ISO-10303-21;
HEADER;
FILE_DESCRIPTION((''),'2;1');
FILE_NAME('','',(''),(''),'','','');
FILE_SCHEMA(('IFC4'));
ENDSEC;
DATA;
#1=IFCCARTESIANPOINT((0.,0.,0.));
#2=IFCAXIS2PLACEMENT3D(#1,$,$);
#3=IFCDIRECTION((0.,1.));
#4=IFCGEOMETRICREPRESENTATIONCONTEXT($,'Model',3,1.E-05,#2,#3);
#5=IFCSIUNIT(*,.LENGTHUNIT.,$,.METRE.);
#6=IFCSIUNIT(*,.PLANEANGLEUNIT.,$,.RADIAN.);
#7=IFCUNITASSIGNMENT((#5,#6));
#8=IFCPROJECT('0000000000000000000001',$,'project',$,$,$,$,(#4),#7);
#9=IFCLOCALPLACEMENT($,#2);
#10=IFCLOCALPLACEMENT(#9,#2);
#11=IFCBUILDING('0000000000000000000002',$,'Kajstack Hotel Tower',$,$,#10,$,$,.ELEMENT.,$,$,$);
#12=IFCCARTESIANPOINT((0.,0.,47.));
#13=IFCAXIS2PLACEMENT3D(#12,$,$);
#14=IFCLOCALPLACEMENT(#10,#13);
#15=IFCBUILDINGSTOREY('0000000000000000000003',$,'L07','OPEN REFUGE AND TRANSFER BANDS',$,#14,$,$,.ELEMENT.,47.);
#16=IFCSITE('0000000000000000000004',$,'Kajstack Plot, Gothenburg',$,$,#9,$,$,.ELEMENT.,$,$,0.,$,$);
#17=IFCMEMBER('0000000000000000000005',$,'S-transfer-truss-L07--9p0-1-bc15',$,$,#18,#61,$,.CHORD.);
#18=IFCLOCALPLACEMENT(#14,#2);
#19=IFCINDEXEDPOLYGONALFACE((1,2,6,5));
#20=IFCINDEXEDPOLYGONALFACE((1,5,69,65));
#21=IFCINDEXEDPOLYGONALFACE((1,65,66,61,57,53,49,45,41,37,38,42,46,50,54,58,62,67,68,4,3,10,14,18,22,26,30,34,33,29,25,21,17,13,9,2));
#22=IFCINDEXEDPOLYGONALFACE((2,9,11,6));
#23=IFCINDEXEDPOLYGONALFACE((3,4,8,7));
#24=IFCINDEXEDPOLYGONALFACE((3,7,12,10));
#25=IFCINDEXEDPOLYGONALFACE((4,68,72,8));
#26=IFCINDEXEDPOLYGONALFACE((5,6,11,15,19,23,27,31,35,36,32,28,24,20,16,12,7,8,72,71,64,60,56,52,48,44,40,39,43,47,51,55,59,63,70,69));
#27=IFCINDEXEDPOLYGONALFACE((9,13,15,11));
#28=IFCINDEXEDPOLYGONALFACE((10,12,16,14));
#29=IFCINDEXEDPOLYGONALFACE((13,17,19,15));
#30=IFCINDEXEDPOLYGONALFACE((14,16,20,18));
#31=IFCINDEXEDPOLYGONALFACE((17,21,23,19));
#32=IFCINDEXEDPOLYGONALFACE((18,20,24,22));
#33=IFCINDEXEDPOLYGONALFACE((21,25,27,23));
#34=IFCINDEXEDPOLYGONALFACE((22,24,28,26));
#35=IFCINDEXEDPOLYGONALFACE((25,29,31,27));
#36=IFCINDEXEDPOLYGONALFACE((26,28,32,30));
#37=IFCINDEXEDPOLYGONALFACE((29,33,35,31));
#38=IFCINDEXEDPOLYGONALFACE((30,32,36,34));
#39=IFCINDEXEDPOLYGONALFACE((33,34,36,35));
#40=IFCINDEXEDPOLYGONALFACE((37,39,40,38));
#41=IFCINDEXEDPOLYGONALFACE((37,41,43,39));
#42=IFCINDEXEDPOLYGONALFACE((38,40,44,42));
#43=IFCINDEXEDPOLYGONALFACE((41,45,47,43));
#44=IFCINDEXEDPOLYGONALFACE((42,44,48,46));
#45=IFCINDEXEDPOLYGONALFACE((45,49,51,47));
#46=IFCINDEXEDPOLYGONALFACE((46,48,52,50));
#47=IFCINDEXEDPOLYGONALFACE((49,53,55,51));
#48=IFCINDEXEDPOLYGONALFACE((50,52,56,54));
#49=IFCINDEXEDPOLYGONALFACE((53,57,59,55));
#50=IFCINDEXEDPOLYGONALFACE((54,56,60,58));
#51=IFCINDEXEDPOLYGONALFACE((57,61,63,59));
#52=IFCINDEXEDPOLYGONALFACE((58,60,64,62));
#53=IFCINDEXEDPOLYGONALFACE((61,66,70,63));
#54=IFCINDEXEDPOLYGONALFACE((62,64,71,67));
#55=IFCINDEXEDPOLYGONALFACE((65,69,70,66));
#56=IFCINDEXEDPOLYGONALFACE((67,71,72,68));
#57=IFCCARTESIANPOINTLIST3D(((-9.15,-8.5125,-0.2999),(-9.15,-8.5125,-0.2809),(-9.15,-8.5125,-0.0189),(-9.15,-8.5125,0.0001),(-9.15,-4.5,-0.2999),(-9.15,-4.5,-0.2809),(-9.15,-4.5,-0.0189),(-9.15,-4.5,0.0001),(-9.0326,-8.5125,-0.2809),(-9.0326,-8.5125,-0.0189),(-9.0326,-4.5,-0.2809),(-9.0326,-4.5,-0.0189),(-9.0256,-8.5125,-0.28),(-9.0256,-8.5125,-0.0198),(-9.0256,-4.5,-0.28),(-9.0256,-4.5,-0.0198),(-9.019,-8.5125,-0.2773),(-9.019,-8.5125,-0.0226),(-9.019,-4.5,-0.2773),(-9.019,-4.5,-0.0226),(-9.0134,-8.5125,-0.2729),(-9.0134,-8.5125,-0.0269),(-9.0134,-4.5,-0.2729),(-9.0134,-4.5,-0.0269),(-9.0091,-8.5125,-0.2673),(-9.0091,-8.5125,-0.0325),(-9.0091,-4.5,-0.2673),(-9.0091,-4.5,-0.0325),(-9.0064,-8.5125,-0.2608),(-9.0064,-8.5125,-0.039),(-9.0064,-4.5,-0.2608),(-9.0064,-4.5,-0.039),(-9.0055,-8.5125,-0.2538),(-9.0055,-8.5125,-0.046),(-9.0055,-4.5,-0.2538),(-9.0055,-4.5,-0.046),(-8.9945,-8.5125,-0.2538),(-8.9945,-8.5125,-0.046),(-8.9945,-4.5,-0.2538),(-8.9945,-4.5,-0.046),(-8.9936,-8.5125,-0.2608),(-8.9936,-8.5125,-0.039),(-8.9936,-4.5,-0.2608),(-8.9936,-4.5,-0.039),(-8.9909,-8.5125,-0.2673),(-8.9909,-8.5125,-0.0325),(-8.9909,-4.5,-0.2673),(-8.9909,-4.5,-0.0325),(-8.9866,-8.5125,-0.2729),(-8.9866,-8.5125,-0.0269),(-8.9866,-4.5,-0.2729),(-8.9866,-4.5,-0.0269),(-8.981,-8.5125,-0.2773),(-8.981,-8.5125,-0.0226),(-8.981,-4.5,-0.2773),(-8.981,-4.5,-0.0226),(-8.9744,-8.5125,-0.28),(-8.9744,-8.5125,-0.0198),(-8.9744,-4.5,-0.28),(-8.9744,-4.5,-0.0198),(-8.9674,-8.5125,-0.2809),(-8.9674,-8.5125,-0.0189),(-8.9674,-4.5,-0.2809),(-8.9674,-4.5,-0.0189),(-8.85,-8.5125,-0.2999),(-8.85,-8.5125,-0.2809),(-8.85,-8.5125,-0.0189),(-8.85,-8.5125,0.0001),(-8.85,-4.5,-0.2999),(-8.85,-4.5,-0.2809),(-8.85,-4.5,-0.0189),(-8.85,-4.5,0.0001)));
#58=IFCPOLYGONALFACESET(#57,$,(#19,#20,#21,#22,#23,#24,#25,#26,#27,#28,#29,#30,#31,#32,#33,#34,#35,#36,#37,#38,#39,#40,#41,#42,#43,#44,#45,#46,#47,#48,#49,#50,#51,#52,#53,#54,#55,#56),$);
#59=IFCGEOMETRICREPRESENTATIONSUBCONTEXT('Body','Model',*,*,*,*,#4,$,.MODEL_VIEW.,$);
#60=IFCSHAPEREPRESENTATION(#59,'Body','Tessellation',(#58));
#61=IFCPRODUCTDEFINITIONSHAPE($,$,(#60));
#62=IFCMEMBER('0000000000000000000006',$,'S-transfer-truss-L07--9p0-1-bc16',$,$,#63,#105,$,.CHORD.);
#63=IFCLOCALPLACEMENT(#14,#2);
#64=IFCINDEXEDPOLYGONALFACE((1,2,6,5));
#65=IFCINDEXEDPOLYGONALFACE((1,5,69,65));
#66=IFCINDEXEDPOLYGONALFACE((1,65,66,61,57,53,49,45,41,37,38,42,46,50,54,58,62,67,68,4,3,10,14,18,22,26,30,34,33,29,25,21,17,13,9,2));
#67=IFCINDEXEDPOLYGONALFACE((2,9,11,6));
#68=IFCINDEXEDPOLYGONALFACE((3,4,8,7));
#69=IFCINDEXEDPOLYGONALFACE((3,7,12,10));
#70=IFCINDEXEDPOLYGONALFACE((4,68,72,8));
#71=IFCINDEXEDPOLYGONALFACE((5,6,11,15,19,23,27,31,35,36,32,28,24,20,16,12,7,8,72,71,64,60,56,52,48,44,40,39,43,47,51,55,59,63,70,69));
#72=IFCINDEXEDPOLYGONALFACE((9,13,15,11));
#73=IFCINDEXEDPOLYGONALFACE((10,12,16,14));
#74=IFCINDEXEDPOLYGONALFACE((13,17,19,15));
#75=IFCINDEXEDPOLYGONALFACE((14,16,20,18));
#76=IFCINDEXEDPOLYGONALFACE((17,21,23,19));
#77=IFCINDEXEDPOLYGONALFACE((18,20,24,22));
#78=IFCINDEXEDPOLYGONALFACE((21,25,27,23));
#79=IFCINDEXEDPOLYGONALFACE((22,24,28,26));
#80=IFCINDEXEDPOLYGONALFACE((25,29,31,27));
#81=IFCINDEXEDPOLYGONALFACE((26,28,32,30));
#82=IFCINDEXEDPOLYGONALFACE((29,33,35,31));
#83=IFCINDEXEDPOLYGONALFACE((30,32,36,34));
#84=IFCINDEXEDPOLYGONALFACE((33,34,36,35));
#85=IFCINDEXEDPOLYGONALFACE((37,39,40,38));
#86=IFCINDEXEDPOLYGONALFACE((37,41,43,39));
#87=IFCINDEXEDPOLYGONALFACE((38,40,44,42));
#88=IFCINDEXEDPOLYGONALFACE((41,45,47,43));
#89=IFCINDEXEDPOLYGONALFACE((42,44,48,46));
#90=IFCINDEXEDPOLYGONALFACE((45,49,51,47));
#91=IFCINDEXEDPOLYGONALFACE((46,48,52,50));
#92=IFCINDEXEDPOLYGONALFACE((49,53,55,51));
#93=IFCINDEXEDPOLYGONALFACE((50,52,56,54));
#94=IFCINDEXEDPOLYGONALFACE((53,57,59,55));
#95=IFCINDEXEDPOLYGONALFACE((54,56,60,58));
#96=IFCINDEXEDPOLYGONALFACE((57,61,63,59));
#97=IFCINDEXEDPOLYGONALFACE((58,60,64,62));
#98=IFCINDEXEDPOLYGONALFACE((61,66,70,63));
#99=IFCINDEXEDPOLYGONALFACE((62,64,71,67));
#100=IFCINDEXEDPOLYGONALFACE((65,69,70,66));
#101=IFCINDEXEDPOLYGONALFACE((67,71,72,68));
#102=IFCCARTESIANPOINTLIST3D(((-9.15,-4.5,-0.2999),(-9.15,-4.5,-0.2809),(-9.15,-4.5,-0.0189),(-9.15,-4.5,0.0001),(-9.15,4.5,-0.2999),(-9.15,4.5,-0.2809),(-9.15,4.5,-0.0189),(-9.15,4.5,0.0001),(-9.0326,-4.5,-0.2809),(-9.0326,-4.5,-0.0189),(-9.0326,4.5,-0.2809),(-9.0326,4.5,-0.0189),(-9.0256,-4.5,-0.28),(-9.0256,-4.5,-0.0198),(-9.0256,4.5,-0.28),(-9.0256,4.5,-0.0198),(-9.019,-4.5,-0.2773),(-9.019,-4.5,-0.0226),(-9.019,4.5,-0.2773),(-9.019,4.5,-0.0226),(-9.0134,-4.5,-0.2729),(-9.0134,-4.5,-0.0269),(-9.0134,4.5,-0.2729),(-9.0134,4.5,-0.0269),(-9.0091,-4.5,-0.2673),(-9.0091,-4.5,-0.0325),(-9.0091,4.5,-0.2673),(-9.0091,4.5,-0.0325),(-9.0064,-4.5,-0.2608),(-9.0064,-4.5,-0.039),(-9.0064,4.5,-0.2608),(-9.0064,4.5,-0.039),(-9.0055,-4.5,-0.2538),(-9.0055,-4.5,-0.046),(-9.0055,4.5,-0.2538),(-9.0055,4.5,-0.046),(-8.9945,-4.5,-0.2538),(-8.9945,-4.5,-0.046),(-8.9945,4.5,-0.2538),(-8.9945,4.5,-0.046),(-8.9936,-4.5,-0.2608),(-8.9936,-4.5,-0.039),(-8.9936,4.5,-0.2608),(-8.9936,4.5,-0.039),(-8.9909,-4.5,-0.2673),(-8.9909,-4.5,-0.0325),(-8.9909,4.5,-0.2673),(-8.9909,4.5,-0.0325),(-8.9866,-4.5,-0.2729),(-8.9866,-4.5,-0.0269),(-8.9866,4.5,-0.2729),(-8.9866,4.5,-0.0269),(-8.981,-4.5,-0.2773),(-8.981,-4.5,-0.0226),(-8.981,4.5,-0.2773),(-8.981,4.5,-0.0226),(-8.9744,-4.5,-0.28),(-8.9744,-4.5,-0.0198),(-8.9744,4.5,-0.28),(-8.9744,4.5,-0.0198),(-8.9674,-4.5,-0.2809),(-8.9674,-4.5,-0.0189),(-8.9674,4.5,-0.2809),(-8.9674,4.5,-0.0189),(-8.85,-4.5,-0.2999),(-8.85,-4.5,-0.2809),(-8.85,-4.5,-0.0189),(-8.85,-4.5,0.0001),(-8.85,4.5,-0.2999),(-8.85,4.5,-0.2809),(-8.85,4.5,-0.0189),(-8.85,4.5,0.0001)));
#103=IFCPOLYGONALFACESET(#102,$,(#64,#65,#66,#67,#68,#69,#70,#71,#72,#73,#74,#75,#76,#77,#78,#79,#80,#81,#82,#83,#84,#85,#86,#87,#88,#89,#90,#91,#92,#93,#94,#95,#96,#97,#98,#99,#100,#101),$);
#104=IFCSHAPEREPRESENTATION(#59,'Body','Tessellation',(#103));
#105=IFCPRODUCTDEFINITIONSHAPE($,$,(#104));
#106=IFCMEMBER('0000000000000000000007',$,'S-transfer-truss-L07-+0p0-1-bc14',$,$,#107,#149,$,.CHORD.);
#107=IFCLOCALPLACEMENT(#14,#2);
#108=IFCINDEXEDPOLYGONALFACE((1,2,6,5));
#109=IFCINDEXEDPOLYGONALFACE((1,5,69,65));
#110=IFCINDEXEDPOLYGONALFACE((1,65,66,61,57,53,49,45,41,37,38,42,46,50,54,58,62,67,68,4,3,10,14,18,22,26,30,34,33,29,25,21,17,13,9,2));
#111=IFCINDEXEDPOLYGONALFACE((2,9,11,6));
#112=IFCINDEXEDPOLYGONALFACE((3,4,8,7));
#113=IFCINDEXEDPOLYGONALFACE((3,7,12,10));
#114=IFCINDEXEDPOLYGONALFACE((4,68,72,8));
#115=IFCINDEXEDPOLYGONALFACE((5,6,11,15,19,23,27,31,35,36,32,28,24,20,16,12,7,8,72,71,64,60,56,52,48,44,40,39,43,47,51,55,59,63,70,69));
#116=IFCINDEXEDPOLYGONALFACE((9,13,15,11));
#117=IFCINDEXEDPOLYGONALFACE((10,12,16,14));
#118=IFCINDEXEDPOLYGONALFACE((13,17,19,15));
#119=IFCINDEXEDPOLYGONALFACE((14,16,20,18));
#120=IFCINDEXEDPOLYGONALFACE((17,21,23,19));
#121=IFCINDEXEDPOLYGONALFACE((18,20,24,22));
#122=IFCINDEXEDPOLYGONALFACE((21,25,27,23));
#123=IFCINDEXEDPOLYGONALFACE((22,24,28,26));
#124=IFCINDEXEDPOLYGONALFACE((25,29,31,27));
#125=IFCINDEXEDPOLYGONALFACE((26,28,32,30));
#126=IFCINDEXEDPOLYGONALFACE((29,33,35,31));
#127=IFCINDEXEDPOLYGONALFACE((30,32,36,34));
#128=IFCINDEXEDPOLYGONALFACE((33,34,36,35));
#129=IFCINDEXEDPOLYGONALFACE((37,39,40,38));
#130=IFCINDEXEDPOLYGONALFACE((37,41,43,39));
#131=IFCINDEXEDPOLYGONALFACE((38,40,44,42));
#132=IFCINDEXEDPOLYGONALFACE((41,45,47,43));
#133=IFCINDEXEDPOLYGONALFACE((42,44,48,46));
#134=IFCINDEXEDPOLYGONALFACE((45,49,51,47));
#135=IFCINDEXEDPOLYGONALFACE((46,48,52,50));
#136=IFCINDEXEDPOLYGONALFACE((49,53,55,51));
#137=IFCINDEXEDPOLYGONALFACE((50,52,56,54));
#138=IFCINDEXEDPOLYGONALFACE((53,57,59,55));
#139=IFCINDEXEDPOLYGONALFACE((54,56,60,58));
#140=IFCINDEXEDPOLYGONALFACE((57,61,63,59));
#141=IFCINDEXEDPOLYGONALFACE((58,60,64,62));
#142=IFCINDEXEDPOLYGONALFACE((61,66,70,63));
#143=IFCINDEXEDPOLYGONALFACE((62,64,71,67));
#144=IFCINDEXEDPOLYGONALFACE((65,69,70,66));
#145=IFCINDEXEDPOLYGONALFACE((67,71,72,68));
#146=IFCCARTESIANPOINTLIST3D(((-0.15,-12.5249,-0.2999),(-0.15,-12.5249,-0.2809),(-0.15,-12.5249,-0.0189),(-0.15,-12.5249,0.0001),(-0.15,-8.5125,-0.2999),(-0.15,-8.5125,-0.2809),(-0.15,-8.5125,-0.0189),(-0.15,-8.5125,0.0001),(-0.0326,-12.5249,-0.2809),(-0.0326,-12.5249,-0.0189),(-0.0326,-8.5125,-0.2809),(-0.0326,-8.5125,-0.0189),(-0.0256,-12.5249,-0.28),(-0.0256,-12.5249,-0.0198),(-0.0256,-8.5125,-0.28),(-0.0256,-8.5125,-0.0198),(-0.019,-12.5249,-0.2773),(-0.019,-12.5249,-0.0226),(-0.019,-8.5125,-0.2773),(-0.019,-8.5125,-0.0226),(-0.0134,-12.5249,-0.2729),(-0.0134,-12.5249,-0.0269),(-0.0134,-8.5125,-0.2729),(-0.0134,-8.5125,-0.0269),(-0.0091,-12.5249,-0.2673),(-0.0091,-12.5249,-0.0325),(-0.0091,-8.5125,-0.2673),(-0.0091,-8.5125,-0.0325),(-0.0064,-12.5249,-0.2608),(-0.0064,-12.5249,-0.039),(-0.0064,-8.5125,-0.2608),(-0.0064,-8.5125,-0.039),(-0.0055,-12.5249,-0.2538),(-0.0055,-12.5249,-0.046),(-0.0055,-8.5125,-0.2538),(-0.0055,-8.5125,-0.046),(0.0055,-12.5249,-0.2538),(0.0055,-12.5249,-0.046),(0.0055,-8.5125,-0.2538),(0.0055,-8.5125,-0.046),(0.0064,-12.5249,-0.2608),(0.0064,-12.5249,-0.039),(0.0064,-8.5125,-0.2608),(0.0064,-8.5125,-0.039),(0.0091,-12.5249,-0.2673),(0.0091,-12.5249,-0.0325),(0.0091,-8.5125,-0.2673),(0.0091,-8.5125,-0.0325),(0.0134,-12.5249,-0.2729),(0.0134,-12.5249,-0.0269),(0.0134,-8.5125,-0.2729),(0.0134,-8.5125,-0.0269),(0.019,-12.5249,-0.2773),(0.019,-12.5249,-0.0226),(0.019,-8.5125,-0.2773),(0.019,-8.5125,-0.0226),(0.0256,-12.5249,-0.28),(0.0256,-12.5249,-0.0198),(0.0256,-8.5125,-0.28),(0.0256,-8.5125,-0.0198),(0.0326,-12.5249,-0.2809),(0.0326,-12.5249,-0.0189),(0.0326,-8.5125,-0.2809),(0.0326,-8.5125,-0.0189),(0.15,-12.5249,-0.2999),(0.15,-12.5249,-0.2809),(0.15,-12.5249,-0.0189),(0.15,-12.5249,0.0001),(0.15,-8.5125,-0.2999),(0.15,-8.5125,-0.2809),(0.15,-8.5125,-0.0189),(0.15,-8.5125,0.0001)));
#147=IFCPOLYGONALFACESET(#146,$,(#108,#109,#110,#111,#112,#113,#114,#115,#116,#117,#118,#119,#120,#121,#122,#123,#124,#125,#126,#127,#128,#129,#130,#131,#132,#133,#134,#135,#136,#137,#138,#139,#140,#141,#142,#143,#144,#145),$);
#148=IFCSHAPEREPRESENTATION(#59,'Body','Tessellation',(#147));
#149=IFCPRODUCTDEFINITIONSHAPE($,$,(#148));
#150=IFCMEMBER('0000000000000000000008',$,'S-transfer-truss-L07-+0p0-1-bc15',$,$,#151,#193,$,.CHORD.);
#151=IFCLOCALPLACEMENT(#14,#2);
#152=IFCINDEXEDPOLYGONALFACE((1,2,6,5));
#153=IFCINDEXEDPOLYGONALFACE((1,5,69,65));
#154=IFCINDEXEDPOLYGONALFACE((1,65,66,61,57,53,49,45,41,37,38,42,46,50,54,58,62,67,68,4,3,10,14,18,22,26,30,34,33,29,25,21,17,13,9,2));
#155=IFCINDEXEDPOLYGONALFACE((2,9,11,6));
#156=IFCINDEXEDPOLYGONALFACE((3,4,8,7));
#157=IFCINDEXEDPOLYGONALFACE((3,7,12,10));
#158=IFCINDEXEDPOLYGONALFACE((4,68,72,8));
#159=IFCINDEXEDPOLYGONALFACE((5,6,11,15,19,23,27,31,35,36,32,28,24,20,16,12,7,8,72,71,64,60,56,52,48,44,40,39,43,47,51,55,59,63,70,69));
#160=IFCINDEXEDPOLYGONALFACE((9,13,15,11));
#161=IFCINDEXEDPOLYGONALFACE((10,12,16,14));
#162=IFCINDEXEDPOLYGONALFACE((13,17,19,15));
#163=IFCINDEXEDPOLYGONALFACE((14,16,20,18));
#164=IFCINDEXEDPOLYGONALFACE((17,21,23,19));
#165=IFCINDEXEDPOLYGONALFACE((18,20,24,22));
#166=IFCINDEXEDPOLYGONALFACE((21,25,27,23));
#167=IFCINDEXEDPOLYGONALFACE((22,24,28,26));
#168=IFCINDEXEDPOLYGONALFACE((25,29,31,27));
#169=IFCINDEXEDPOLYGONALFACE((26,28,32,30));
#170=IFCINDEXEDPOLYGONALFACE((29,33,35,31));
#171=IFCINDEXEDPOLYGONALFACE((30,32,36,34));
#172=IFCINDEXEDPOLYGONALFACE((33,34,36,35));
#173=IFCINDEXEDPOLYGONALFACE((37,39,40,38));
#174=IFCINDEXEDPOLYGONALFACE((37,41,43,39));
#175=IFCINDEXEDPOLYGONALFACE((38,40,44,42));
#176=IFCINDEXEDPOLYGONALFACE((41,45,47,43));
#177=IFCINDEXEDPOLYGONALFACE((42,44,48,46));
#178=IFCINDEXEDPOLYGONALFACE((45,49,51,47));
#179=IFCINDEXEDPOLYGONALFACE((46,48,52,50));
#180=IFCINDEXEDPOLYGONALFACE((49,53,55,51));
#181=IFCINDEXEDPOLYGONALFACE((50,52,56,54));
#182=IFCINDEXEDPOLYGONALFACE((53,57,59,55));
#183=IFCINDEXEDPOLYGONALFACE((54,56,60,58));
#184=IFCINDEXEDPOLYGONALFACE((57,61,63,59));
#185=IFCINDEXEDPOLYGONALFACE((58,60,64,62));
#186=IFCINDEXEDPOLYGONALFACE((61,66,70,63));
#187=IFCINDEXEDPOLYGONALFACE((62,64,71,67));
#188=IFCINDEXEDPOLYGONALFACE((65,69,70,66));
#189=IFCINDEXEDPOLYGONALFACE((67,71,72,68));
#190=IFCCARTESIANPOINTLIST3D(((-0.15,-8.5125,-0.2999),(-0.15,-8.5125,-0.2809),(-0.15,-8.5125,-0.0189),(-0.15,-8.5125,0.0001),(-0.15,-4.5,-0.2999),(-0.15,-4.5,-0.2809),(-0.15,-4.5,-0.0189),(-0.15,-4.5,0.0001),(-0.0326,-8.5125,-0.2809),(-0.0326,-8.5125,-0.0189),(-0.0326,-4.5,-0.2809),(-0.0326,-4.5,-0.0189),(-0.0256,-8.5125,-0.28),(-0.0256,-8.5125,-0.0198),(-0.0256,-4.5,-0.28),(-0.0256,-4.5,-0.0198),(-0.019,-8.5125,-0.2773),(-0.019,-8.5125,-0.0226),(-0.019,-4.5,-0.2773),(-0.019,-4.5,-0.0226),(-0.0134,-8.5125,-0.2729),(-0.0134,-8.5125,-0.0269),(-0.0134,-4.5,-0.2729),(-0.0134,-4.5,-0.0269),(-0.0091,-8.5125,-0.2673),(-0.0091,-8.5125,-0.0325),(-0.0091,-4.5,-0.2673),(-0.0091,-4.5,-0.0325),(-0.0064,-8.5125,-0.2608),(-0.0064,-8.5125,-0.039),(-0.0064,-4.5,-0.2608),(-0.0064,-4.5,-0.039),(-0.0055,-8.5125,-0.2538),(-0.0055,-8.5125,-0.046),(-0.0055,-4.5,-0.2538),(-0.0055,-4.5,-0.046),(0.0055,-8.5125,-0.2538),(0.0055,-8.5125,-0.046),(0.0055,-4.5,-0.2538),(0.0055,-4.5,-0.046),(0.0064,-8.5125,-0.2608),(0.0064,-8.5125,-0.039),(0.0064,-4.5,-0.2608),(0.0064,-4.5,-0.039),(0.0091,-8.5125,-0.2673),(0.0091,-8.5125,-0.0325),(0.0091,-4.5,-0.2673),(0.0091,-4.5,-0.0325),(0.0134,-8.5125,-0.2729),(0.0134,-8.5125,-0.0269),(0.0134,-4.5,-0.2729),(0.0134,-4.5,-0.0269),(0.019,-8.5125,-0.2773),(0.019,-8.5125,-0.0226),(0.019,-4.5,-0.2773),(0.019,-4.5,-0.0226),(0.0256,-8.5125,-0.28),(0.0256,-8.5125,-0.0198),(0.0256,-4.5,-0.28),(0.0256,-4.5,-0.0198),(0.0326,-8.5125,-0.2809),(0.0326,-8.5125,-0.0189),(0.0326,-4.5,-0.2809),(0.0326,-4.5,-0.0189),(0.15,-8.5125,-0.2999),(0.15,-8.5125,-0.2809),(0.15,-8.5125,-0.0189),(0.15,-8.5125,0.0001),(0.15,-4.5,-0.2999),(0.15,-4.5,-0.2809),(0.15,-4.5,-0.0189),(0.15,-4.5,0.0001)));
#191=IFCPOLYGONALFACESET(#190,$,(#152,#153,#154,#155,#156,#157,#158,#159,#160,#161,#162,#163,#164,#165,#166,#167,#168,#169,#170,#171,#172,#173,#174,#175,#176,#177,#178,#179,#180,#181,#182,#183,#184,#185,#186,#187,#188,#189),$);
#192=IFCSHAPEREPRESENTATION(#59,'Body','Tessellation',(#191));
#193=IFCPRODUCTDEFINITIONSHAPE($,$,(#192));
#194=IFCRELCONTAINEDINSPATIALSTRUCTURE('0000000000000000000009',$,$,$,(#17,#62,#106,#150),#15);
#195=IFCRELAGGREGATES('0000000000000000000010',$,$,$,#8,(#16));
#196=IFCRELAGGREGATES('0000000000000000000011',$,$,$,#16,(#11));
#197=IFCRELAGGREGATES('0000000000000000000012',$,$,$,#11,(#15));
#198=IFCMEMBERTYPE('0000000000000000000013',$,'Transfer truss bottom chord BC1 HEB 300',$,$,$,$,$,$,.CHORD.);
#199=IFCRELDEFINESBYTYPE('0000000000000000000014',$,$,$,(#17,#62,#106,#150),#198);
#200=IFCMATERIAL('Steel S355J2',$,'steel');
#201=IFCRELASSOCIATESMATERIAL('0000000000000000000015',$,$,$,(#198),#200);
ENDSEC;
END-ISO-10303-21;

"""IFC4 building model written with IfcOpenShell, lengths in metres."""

from ifc_helpers import new_model, si_unit, direction, frame, origin, origin_2d, place, context, subcontext, project, spatial, i_section, extrude, material, material_profile, profile_set, type_object, element, save


model = new_model("IFC4")

# Units and contexts
model_context = context("Model", 3, precision=1e-05, world=origin(), true_north=direction((0.0, 1.0)))
body_context = subcontext(model_context, "Body", "Model", "MODEL_VIEW")
ifc_project = project(units=[si_unit("LENGTHUNIT", "METRE"), si_unit("PLANEANGLEUNIT", "RADIAN")], contexts=[model_context])

# Site, building, storey
site_placement = place(None, origin())
site = spatial("IfcSite", under=ifc_project, at=site_placement, Name="Kajstack Plot, Gothenburg", CompositionType="ELEMENT", RefElevation=0.0)
building_placement = place(site_placement, origin())
building = spatial("IfcBuilding", under=site, at=building_placement, Name="Kajstack Hotel Tower", CompositionType="ELEMENT")
storey_placement = place(building_placement, frame((0.0, 0.0, 47.0)))
storey = spatial("IfcBuildingStorey", under=building, at=storey_placement, Name="L07", Description="OPEN REFUGE AND TRANSFER BANDS", CompositionType="ELEMENT", Elevation=47.0)

# Members
ifc_material_1 = material(Name="Steel S355J2", Category="steel")
ifc_material_profile_1 = material_profile(ifc_material_1, i_section(OverallWidth=0.3, OverallDepth=0.3, WebThickness=0.011, FlangeThickness=0.019, FilletRadius=0.0271, at=origin_2d()), Name="HEB 300")
ifc_profile_set_1 = profile_set([ifc_material_profile_1], Name="Steel S355J2")
member_type_1 = type_object("IfcMemberType", Name="Transfer truss bottom chord BC1 HEB 300", PredefinedType="CHORD", material=ifc_profile_set_1)
member_1_placement = place(storey_placement, frame((-9.0, -8.5125, -0.1499), z_axis=(0.0, 1.0, 0.0), x_axis=(-1.0, 0.0, 0.0)))
element("IfcMember", 1, at=member_1_placement, inside=storey, type_object=member_type_1, Name="S-transfer-truss-L07--9p0-1-bc15", PredefinedType="CHORD", context=body_context, shape_type="SweptSolid", body=[
    extrude(i_section(OverallWidth=0.3, OverallDepth=0.3, WebThickness=0.011, FlangeThickness=0.019, FilletRadius=0.0271, at=origin_2d()), origin(), (0.0, 0.0, 1.0), 4.0125),
])
member_2_placement = place(storey_placement, frame((-9.0, -4.5, -0.1499), z_axis=(0.0, 1.0, 0.0), x_axis=(-1.0, 0.0, 0.0)))
element("IfcMember", 2, at=member_2_placement, inside=storey, type_object=member_type_1, Name="S-transfer-truss-L07--9p0-1-bc16", PredefinedType="CHORD", context=body_context, shape_type="SweptSolid", body=[
    extrude(i_section(OverallWidth=0.3, OverallDepth=0.3, WebThickness=0.011, FlangeThickness=0.019, FilletRadius=0.0271, at=origin_2d()), origin(), (0.0, 0.0, 1.0), 9.0),
])
for number, where, z_axis, x_axis, name in (
    (3, (0.0, -12.5249, -0.1499), (0.0, 1.0, 0.0), (-1.0, 0.0, 0.0), "S-transfer-truss-L07-+0p0-1-bc14"),
    (4, (0.0, -8.5125, -0.1499), (0.0, 1.0, 0.0), (-1.0, 0.0, 0.0), "S-transfer-truss-L07-+0p0-1-bc15"),
):
    element("IfcMember", number, at=place(storey_placement, frame(where, z_axis=z_axis, x_axis=x_axis)), inside=storey, type_object=member_type_1, Name=name, PredefinedType="CHORD", context=body_context, shape_type="SweptSolid", body=[
        extrude(i_section(OverallWidth=0.3, OverallDepth=0.3, WebThickness=0.011, FlangeThickness=0.019, FilletRadius=0.0271, at=origin_2d()), origin(), (0.0, 0.0, 1.0), 4.0125),
    ])

save(model, "model.ifc")
